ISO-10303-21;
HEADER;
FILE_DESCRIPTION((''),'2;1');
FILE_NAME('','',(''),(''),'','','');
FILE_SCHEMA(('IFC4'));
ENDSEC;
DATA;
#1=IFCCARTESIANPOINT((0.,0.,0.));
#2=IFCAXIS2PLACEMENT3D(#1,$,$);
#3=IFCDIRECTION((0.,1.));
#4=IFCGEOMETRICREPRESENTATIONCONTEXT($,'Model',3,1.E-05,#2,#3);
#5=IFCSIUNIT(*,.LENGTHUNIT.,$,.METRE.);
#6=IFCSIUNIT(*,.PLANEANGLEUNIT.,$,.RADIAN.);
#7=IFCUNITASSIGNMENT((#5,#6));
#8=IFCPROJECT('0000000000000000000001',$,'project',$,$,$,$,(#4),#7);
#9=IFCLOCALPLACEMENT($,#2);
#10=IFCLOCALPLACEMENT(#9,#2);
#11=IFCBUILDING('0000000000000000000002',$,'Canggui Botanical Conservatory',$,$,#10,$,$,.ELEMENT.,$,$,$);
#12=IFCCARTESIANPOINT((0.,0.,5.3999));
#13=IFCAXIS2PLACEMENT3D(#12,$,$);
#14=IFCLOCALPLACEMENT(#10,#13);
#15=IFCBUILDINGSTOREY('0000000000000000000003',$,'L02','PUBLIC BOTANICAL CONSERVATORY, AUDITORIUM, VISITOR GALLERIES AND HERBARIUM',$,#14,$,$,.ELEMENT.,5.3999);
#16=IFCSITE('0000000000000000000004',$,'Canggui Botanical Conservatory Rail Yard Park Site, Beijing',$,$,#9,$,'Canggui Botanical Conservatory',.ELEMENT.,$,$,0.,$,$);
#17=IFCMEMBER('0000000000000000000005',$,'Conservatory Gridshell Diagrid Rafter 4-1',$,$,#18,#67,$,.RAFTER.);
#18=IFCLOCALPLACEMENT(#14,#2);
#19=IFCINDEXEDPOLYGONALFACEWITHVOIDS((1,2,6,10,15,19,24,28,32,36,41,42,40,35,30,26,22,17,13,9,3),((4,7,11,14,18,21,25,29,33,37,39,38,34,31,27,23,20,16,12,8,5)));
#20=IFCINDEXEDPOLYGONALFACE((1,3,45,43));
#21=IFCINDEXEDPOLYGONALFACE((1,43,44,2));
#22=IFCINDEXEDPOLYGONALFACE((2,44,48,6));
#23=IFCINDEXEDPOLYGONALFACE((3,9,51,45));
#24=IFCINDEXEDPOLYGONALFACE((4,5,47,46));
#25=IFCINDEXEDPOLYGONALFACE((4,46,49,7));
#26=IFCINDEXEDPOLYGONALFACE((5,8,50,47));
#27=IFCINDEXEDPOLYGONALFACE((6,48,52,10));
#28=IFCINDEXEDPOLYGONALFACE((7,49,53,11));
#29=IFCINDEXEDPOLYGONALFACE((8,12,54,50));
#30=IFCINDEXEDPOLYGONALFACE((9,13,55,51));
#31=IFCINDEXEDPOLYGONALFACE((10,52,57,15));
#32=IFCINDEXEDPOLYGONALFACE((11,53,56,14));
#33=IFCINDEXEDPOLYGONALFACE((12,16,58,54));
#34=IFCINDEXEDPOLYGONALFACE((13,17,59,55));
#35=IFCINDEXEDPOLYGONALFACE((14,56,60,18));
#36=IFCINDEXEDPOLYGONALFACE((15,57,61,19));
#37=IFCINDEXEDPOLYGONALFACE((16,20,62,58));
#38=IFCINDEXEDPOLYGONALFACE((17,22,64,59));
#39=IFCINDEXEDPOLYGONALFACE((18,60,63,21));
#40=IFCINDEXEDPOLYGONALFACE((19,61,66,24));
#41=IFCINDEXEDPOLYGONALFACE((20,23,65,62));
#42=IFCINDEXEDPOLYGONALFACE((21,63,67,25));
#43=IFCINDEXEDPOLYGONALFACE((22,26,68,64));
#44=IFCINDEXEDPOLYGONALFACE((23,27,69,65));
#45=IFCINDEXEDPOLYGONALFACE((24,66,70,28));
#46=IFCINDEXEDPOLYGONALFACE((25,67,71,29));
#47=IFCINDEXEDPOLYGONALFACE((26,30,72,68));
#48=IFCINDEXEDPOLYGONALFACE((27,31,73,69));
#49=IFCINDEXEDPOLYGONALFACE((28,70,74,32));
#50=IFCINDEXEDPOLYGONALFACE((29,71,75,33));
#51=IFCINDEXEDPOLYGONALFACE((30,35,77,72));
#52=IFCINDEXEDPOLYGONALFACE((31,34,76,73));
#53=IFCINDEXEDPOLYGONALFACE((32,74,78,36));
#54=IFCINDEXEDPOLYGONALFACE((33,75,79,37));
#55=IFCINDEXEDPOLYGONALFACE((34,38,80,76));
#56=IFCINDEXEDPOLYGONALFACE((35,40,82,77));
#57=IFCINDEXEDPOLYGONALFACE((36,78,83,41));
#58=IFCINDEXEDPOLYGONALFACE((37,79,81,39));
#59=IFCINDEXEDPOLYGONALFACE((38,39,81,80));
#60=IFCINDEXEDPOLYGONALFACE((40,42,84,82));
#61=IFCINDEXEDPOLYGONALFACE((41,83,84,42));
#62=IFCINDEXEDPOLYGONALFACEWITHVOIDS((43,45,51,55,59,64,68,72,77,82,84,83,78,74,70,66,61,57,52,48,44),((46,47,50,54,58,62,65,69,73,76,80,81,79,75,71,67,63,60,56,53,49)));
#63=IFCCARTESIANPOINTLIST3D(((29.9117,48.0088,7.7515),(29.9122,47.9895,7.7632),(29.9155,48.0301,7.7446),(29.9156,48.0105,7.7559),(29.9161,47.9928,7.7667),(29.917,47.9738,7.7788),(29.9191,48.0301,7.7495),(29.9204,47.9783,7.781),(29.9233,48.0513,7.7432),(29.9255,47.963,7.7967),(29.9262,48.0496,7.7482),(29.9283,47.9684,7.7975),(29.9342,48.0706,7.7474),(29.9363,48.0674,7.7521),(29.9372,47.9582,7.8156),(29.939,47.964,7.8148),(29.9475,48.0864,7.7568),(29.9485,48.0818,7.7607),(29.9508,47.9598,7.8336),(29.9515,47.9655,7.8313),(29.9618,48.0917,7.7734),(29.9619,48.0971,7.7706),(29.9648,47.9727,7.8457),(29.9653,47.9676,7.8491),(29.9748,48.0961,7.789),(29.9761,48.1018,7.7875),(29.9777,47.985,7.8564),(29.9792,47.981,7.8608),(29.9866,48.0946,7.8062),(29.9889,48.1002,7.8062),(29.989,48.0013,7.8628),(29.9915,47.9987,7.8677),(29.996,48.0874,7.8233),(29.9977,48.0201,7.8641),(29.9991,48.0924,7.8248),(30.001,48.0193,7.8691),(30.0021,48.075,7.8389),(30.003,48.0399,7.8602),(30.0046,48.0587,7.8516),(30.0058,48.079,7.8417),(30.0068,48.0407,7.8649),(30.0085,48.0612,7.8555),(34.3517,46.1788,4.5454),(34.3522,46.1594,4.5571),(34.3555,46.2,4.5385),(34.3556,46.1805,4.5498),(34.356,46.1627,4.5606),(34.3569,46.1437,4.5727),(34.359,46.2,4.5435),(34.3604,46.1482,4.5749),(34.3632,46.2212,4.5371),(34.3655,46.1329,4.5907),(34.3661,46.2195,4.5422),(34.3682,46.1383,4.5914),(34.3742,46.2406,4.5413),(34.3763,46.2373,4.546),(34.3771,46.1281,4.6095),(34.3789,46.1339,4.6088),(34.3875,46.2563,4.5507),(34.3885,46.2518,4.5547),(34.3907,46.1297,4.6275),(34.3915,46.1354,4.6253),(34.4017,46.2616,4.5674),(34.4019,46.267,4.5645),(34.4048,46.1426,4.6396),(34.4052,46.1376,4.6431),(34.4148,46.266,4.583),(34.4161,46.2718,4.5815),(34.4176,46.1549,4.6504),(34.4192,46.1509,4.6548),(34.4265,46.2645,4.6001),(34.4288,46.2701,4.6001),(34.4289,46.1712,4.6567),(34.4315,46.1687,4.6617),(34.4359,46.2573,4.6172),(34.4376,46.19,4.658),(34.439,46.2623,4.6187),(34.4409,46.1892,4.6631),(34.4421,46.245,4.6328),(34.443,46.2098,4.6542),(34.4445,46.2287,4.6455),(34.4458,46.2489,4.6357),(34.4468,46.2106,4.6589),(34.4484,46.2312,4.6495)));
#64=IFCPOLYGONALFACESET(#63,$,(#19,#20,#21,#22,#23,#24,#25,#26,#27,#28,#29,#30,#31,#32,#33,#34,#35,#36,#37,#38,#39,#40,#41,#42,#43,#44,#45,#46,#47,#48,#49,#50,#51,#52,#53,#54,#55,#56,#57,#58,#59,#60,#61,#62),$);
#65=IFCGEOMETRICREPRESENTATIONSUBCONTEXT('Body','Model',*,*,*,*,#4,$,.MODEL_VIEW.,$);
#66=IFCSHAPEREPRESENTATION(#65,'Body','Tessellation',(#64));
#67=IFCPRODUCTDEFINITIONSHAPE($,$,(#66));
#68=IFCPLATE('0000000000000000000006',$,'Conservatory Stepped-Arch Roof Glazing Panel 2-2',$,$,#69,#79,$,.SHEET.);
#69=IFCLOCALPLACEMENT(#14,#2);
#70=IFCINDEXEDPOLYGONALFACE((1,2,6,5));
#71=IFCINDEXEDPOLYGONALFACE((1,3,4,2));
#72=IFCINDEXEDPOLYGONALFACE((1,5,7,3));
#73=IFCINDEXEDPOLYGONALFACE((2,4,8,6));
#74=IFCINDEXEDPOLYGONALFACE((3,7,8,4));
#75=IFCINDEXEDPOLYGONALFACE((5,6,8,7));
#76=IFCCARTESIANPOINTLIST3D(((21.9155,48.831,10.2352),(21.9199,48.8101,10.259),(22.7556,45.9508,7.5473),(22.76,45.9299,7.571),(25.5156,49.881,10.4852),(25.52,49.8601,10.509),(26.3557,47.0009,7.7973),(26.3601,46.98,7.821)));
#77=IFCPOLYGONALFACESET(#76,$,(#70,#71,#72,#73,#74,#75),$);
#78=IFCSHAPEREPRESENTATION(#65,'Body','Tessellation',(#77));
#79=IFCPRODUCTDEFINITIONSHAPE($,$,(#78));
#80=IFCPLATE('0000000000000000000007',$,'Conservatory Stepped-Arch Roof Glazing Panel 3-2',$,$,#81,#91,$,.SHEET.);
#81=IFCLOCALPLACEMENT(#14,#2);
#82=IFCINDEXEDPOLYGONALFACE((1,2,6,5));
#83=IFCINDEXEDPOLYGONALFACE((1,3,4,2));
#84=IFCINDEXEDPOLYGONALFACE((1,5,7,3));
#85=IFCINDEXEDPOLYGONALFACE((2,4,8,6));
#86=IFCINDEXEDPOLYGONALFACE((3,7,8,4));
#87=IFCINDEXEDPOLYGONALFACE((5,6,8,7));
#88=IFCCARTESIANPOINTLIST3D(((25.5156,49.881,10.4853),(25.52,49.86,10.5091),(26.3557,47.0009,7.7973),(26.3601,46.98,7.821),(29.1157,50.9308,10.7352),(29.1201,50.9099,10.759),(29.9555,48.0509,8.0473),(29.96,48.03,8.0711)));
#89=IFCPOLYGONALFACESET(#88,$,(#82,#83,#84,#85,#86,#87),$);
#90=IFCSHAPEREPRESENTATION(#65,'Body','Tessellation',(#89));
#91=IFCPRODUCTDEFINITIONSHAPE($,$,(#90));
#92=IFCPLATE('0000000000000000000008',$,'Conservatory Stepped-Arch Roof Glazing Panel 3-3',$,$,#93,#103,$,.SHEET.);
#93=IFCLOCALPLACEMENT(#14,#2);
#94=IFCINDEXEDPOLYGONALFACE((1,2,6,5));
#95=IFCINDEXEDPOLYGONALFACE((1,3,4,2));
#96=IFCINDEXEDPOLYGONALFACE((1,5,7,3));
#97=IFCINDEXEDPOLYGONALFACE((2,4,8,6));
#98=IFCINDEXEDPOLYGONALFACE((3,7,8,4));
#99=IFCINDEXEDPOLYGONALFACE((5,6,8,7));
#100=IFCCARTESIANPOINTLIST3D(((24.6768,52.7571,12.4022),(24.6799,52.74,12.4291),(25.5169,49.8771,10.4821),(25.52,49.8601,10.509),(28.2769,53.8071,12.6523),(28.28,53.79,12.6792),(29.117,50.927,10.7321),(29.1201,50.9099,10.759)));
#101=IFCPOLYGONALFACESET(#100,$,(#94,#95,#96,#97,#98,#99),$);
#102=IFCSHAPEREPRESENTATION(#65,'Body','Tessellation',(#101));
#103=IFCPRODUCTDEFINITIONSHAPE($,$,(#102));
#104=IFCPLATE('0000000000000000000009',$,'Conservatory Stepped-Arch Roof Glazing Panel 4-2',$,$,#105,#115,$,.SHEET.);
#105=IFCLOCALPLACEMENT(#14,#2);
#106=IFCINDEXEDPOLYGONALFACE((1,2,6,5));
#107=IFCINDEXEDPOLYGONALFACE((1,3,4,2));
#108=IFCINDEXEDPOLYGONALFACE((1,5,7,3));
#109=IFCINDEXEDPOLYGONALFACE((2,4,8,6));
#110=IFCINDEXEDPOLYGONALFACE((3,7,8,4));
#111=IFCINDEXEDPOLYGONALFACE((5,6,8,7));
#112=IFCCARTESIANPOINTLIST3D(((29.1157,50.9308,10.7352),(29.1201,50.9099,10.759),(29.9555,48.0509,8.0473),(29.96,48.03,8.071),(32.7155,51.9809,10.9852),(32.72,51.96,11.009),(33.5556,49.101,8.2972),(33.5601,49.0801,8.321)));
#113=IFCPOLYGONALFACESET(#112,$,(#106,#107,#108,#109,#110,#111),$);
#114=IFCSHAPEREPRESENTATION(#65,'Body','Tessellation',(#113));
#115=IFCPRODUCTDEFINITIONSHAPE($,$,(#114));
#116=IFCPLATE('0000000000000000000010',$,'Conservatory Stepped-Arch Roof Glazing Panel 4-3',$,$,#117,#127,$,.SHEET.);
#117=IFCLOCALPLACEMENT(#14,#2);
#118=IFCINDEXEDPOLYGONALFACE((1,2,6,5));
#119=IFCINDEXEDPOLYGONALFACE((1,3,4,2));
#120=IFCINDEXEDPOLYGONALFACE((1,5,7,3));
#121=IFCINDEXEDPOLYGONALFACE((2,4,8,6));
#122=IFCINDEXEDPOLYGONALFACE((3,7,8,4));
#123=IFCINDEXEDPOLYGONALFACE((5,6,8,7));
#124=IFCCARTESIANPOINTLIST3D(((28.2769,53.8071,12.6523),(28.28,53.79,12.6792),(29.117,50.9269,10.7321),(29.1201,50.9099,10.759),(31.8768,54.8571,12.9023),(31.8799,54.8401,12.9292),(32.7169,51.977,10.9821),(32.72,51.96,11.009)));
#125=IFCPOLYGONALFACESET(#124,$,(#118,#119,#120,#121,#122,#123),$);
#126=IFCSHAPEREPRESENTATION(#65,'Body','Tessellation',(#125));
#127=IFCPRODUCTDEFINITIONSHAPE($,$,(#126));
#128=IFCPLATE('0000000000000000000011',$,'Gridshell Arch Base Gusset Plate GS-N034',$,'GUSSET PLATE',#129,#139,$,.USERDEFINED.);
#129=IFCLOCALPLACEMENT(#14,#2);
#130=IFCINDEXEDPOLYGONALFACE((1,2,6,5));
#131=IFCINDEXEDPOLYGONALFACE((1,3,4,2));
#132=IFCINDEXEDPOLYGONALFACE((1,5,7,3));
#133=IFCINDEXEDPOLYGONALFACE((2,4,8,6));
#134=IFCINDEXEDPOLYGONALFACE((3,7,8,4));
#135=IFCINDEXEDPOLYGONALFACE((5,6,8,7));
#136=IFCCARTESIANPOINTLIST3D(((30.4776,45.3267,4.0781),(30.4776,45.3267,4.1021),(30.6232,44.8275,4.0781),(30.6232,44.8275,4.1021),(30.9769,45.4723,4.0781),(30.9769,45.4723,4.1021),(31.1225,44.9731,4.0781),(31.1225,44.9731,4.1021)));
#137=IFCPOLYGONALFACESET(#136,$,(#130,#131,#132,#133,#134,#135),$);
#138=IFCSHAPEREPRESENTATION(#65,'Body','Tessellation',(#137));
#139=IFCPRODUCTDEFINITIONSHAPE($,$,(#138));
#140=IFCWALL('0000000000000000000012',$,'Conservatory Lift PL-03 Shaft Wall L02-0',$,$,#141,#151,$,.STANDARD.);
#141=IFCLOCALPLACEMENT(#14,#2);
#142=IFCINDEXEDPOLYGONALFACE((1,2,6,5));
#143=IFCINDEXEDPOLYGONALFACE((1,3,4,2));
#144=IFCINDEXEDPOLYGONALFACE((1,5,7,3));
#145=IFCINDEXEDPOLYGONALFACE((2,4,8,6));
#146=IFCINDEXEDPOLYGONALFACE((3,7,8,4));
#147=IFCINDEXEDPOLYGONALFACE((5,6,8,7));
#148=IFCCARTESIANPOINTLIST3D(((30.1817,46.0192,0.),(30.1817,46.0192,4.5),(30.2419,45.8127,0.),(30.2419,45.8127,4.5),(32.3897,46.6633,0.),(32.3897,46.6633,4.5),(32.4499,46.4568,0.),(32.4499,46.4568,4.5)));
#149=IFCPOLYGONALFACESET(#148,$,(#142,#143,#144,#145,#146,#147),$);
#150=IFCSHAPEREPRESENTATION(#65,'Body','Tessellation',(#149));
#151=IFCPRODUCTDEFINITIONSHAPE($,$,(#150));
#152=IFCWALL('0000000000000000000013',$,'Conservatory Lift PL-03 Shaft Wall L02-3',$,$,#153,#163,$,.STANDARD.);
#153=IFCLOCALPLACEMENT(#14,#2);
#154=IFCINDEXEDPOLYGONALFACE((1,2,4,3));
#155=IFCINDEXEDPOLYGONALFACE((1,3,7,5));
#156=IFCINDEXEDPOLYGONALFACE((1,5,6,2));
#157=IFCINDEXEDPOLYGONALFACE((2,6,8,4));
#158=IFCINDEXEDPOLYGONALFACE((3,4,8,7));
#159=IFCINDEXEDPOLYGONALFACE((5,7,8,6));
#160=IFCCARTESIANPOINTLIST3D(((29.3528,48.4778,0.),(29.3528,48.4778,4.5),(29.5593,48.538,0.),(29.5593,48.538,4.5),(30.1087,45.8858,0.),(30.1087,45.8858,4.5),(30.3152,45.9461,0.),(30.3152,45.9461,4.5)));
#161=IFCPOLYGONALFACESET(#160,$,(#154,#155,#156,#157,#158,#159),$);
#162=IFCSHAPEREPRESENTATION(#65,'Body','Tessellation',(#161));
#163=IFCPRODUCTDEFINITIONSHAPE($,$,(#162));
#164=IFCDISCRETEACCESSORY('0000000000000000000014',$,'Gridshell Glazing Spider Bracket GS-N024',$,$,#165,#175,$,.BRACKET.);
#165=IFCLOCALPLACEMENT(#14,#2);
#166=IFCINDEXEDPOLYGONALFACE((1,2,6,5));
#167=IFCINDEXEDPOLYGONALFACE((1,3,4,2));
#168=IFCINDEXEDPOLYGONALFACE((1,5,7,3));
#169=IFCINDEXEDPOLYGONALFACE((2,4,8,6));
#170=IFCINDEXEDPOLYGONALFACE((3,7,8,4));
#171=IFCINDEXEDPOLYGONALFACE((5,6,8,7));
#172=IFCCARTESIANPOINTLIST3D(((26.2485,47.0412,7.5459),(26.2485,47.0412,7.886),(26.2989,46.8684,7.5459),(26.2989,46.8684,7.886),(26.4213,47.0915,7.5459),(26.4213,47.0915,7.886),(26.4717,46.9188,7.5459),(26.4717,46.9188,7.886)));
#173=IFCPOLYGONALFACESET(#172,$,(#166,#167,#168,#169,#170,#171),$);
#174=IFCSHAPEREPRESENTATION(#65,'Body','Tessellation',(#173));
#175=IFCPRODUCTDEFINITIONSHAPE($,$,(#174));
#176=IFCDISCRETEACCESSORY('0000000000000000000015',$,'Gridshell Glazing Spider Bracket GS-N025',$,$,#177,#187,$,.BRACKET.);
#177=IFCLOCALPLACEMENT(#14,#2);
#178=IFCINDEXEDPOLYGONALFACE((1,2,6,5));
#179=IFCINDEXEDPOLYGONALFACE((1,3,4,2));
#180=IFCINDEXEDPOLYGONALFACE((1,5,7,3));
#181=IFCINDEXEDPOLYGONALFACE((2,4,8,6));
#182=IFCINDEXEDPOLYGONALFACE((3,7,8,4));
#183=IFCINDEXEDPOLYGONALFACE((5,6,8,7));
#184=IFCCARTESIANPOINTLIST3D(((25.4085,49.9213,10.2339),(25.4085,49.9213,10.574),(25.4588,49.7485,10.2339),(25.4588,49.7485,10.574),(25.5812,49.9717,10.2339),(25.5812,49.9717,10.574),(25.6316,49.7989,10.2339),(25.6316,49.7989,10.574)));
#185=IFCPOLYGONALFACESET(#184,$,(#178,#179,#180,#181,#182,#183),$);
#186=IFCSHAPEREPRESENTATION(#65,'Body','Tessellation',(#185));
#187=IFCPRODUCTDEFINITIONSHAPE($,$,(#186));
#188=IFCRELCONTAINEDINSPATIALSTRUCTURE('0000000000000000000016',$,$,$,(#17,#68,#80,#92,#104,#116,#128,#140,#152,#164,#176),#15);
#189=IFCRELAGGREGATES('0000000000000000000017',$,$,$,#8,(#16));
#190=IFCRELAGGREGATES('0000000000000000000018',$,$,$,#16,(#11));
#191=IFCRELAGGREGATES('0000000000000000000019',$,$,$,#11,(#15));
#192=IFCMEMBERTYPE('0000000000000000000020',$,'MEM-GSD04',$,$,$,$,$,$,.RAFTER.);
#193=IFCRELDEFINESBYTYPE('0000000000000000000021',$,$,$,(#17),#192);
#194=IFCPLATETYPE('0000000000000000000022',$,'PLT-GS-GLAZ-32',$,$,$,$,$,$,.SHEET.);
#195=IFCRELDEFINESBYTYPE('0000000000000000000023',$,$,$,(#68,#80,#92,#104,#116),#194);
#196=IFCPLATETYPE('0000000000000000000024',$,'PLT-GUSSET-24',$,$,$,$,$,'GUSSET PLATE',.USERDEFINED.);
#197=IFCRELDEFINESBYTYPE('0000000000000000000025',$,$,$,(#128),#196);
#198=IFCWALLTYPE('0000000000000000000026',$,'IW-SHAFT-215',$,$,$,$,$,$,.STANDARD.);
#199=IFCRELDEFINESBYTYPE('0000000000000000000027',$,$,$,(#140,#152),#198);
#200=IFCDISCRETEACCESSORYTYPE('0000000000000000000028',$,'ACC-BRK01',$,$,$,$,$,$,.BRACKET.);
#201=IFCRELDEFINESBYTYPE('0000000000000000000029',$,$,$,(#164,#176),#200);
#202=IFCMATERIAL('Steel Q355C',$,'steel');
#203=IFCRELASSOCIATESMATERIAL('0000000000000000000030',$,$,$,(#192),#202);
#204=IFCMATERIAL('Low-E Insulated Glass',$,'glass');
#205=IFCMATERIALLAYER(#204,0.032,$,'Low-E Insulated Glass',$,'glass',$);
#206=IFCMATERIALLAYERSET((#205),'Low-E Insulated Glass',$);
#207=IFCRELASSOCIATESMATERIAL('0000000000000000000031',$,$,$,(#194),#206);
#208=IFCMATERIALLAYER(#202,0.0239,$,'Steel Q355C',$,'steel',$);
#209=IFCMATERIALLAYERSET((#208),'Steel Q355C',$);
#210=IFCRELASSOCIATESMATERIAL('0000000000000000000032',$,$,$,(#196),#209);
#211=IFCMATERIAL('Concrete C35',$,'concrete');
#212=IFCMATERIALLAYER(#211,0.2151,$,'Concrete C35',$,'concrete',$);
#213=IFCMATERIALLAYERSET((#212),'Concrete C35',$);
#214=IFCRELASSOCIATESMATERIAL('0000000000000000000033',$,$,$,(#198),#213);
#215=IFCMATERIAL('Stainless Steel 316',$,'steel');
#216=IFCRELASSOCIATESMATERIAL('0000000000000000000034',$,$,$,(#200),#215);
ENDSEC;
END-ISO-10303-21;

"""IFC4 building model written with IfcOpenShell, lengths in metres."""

from ifc_helpers import new_model, si_unit, direction, frame, frame_2d, origin, origin_2d, place, context, subcontext, project, spatial, polyline, rectangle, hollow_circle, outline, extrude, material, layer, layer_set, material_profile, profile_set, type_object, element, save


model = new_model("IFC4")

# Units and contexts
model_context = context("Model", 3, precision=1e-05, world=origin(), true_north=direction((0.0, 1.0)))
body_context = subcontext(model_context, "Body", "Model", "MODEL_VIEW")
ifc_project = project(units=[si_unit("LENGTHUNIT", "METRE"), si_unit("PLANEANGLEUNIT", "RADIAN")], contexts=[model_context])

# Site, building, storey
site_placement = place(None, origin())
site = spatial("IfcSite", under=ifc_project, at=site_placement, Name="Canggui Botanical Conservatory Rail Yard Park Site, Beijing", LongName="Canggui Botanical Conservatory", CompositionType="ELEMENT", RefElevation=0.0)
building_placement = place(site_placement, origin())
building = spatial("IfcBuilding", under=site, at=building_placement, Name="Canggui Botanical Conservatory", CompositionType="ELEMENT")
storey_placement = place(building_placement, frame((0.0, 0.0, 5.3999)))
storey = spatial("IfcBuildingStorey", under=building, at=storey_placement, Name="L02", Description="PUBLIC BOTANICAL CONSERVATORY, AUDITORIUM, VISITOR GALLERIES AND HERBARIUM", CompositionType="ELEMENT", Elevation=5.3999)

# Shared definitions
ifc_material_1 = material(Name="Steel Q355C", Category="steel")

# Member
ifc_material_profile_1 = material_profile(ifc_material_1, hollow_circle(Radius=0.0759, WallThickness=0.0061, at=origin_2d()), Name="CHS 152x6")
ifc_profile_set_1 = profile_set([ifc_material_profile_1], Name="Steel Q355C")
member_type_1 = type_object("IfcMemberType", Name="MEM-GSD04", PredefinedType="RAFTER", material=ifc_profile_set_1)
member_1_placement = place(storey_placement, frame((29.96, 48.03, 7.8062), z_axis=(0.768931, -0.316942, -0.555241), x_axis=(0.381082, 0.924541, 0.0)))
element("IfcMember", 1, at=member_1_placement, inside=storey, type_object=member_type_1, Name="Conservatory Gridshell Diagrid Rafter 4-1", PredefinedType="RAFTER", context=body_context, shape_type="SweptSolid", body=[
    extrude(hollow_circle(Radius=0.0759, WallThickness=0.0061, at=origin_2d()), origin(), (0.0, 0.0, 1.0), 5.7742),
])

# Plates
ifc_material_2 = material(Name="Low-E Insulated Glass", Category="glass")
ifc_layer_1 = layer(ifc_material_2, 0.032, Name="Low-E Insulated Glass", Category="glass")
ifc_layer_set_1 = layer_set([ifc_layer_1], Name="Low-E Insulated Glass")
plate_type_1 = type_object("IfcPlateType", Name="PLT-GS-GLAZ-32", PredefinedType="SHEET", material=ifc_layer_set_1)
plate_1_placement = place(storey_placement, frame((22.76, 45.9299, 7.571), z_axis=(0.13901, -0.653702, 0.743875), x_axis=(0.957872, 0.279385, 0.066517)))
element("IfcPlate", 2, at=plate_1_placement, inside=storey, type_object=plate_type_1, Name="Conservatory Stepped-Arch Roof Glazing Panel 2-2", PredefinedType="SHEET", context=body_context, shape_type="SweptSolid", body=[
    extrude(outline(polyline([(0.0, 0.0), (3.7584, 0.0), (3.9372, 4.0242), (0.1788, 4.0242), (0.0, 0.0)])), origin(), (0.0, 0.0, -1.0), 0.032),
])
plate_2_placement = place(storey_placement, frame((26.3601, 46.98, 7.821), z_axis=(0.139, -0.653723, 0.743858), x_axis=(0.957871, 0.279385, 0.06654)))
element("IfcPlate", 3, at=plate_2_placement, inside=storey, type_object=plate_type_1, Name="Conservatory Stepped-Arch Roof Glazing Panel 3-2", PredefinedType="SHEET", context=body_context, shape_type="SweptSolid", body=[
    extrude(outline(polyline([(0.0, 0.0), (3.7582, 0.0), (3.9372, 4.024), (0.1788, 4.0242), (0.0, 0.0)])), origin(), (0.0, 0.0, -1.0), 0.032),
])
plate_3_placement = place(storey_placement, frame((25.52, 49.8601, 10.509), z_axis=(0.096874, -0.532407, 0.840927), x_axis=(0.957888, 0.279334, 0.066504)))
element("IfcPlate", 4, at=plate_3_placement, inside=storey, type_object=plate_type_1, Name="Conservatory Stepped-Arch Roof Glazing Panel 3-3", PredefinedType="SHEET", context=body_context, shape_type="SweptSolid", body=[
    extrude(outline(polyline([(0.0, 0.0), (3.7584, 0.0), (3.8859, 3.5597), (0.1274, 3.5595), (0.0, 0.0)])), origin(), (0.0, 0.0, -1.0), 0.032),
])
plate_4_placement = place(storey_placement, frame((29.96, 48.03, 8.071), z_axis=(0.139026, -0.653732, 0.743846), x_axis=(0.957872, 0.279388, 0.066514)))
element("IfcPlate", 5, at=plate_4_placement, inside=storey, type_object=plate_type_1, Name="Conservatory Stepped-Arch Roof Glazing Panel 4-2", PredefinedType="SHEET", context=body_context, shape_type="SweptSolid", body=[
    extrude(outline(polyline([(0.0, 0.0), (3.7584, 0.0), (3.9371, 4.024), (0.1789, 4.024), (0.0, 0.0)])), origin(), (0.0, 0.0, -1.0), 0.032),
])
plate_5_placement = place(storey_placement, frame((29.1201, 50.9099, 10.759), z_axis=(0.096892, -0.532387, 0.840938), x_axis=(0.957867, 0.279402, 0.066521)))
element("IfcPlate", 6, at=plate_5_placement, inside=storey, type_object=plate_type_1, Name="Conservatory Stepped-Arch Roof Glazing Panel 4-3", PredefinedType="SHEET", context=body_context, shape_type="SweptSolid", body=[
    extrude(outline(polyline([(0.0, 0.0), (3.7582, 0.0), (3.886, 3.5597), (0.1278, 3.5597), (0.0, 0.0)])), origin(), (0.0, 0.0, -1.0), 0.032),
])
ifc_layer_2 = layer(ifc_material_1, 0.0239, Name="Steel Q355C", Category="steel")
ifc_layer_set_2 = layer_set([ifc_layer_2], Name="Steel Q355C")
plate_type_2 = type_object("IfcPlateType", Name="PLT-GUSSET-24", ElementType="GUSSET PLATE", PredefinedType="USERDEFINED", material=ifc_layer_set_2)
plate_6_placement = place(storey_placement, frame((30.8, 45.1499, 4.0781), z_axis=(0.0, 0.0, 1.0), x_axis=(0.96, 0.28, 0.0)))
element("IfcPlate", 7, at=plate_6_placement, inside=storey, type_object=plate_type_2, Name="Gridshell Arch Base Gusset Plate GS-N034", ObjectType="GUSSET PLATE", PredefinedType="USERDEFINED", context=body_context, shape_type="SweptSolid", body=[
    extrude(rectangle(XDim=0.52, YDim=0.52, at=origin_2d()), origin(), (0.0, 0.0, 1.0), 0.0239),
])

# Walls
ifc_material_3 = material(Name="Concrete C35", Category="concrete")
ifc_layer_3 = layer(ifc_material_3, 0.2151, Name="Concrete C35", Category="concrete")
ifc_layer_set_3 = layer_set([ifc_layer_3], Name="Concrete C35")
wall_type = type_object("IfcWallType", Name="IW-SHAFT-215", PredefinedType="STANDARD", material=ifc_layer_set_3)
wall_1_placement = place(storey_placement, frame((30.2119, 45.916, 0.0), z_axis=(0.0, 0.0, 1.0), x_axis=(0.959995, 0.280016, 0.0)))
element("IfcWall", 8, at=wall_1_placement, inside=storey, type_object=wall_type, Name="Conservatory Lift PL-03 Shaft Wall L02-0", PredefinedType="STANDARD", context=body_context, shape_type="SweptSolid", body=[
    extrude(rectangle(XDim=2.3, YDim=0.2151, at=frame_2d((1.1499, 0.0))), origin(), (0.0, 0.0, 1.0), 4.5),
])
wall_2_placement = place(storey_placement, frame((29.4561, 48.5081, 0.0), z_axis=(0.0, 0.0, 1.0), x_axis=(0.279948, -0.960015, 0.0)))
element("IfcWall", 9, at=wall_2_placement, inside=storey, type_object=wall_type, Name="Conservatory Lift PL-03 Shaft Wall L02-3", PredefinedType="STANDARD", context=body_context, shape_type="SweptSolid", body=[
    extrude(rectangle(XDim=2.7, YDim=0.2151, at=frame_2d((1.3501, 0.0))), origin(), (0.0, 0.0, 1.0), 4.5),
])

# Discrete accessories
ifc_material_4 = material(Name="Stainless Steel 316", Category="steel")
discrete_accessory_type_1 = type_object("IfcDiscreteAccessoryType", Name="ACC-BRK01", PredefinedType="BRACKET", material=ifc_material_4)
for number, where, z_axis, x_axis, name in (
    (10, (26.3601, 46.98, 7.5459), (0.0, 0.0, 1.0), (0.96, 0.28, 0.0), "Gridshell Glazing Spider Bracket GS-N024"),
    (11, (25.52, 49.8601, 10.2339), (0.0, 0.0, 1.0), (0.96, 0.28, 0.0), "Gridshell Glazing Spider Bracket GS-N025"),
):
    element("IfcDiscreteAccessory", number, at=place(storey_placement, frame(where, z_axis=z_axis, x_axis=x_axis)), inside=storey, type_object=discrete_accessory_type_1, Name=name, PredefinedType="BRACKET", context=body_context, shape_type="SweptSolid", body=[
        extrude(rectangle(XDim=0.1799, YDim=0.1799, at=origin_2d()), origin(), (0.0, 0.0, 1.0), 0.3401),
    ])

save(model, "model.ifc")
